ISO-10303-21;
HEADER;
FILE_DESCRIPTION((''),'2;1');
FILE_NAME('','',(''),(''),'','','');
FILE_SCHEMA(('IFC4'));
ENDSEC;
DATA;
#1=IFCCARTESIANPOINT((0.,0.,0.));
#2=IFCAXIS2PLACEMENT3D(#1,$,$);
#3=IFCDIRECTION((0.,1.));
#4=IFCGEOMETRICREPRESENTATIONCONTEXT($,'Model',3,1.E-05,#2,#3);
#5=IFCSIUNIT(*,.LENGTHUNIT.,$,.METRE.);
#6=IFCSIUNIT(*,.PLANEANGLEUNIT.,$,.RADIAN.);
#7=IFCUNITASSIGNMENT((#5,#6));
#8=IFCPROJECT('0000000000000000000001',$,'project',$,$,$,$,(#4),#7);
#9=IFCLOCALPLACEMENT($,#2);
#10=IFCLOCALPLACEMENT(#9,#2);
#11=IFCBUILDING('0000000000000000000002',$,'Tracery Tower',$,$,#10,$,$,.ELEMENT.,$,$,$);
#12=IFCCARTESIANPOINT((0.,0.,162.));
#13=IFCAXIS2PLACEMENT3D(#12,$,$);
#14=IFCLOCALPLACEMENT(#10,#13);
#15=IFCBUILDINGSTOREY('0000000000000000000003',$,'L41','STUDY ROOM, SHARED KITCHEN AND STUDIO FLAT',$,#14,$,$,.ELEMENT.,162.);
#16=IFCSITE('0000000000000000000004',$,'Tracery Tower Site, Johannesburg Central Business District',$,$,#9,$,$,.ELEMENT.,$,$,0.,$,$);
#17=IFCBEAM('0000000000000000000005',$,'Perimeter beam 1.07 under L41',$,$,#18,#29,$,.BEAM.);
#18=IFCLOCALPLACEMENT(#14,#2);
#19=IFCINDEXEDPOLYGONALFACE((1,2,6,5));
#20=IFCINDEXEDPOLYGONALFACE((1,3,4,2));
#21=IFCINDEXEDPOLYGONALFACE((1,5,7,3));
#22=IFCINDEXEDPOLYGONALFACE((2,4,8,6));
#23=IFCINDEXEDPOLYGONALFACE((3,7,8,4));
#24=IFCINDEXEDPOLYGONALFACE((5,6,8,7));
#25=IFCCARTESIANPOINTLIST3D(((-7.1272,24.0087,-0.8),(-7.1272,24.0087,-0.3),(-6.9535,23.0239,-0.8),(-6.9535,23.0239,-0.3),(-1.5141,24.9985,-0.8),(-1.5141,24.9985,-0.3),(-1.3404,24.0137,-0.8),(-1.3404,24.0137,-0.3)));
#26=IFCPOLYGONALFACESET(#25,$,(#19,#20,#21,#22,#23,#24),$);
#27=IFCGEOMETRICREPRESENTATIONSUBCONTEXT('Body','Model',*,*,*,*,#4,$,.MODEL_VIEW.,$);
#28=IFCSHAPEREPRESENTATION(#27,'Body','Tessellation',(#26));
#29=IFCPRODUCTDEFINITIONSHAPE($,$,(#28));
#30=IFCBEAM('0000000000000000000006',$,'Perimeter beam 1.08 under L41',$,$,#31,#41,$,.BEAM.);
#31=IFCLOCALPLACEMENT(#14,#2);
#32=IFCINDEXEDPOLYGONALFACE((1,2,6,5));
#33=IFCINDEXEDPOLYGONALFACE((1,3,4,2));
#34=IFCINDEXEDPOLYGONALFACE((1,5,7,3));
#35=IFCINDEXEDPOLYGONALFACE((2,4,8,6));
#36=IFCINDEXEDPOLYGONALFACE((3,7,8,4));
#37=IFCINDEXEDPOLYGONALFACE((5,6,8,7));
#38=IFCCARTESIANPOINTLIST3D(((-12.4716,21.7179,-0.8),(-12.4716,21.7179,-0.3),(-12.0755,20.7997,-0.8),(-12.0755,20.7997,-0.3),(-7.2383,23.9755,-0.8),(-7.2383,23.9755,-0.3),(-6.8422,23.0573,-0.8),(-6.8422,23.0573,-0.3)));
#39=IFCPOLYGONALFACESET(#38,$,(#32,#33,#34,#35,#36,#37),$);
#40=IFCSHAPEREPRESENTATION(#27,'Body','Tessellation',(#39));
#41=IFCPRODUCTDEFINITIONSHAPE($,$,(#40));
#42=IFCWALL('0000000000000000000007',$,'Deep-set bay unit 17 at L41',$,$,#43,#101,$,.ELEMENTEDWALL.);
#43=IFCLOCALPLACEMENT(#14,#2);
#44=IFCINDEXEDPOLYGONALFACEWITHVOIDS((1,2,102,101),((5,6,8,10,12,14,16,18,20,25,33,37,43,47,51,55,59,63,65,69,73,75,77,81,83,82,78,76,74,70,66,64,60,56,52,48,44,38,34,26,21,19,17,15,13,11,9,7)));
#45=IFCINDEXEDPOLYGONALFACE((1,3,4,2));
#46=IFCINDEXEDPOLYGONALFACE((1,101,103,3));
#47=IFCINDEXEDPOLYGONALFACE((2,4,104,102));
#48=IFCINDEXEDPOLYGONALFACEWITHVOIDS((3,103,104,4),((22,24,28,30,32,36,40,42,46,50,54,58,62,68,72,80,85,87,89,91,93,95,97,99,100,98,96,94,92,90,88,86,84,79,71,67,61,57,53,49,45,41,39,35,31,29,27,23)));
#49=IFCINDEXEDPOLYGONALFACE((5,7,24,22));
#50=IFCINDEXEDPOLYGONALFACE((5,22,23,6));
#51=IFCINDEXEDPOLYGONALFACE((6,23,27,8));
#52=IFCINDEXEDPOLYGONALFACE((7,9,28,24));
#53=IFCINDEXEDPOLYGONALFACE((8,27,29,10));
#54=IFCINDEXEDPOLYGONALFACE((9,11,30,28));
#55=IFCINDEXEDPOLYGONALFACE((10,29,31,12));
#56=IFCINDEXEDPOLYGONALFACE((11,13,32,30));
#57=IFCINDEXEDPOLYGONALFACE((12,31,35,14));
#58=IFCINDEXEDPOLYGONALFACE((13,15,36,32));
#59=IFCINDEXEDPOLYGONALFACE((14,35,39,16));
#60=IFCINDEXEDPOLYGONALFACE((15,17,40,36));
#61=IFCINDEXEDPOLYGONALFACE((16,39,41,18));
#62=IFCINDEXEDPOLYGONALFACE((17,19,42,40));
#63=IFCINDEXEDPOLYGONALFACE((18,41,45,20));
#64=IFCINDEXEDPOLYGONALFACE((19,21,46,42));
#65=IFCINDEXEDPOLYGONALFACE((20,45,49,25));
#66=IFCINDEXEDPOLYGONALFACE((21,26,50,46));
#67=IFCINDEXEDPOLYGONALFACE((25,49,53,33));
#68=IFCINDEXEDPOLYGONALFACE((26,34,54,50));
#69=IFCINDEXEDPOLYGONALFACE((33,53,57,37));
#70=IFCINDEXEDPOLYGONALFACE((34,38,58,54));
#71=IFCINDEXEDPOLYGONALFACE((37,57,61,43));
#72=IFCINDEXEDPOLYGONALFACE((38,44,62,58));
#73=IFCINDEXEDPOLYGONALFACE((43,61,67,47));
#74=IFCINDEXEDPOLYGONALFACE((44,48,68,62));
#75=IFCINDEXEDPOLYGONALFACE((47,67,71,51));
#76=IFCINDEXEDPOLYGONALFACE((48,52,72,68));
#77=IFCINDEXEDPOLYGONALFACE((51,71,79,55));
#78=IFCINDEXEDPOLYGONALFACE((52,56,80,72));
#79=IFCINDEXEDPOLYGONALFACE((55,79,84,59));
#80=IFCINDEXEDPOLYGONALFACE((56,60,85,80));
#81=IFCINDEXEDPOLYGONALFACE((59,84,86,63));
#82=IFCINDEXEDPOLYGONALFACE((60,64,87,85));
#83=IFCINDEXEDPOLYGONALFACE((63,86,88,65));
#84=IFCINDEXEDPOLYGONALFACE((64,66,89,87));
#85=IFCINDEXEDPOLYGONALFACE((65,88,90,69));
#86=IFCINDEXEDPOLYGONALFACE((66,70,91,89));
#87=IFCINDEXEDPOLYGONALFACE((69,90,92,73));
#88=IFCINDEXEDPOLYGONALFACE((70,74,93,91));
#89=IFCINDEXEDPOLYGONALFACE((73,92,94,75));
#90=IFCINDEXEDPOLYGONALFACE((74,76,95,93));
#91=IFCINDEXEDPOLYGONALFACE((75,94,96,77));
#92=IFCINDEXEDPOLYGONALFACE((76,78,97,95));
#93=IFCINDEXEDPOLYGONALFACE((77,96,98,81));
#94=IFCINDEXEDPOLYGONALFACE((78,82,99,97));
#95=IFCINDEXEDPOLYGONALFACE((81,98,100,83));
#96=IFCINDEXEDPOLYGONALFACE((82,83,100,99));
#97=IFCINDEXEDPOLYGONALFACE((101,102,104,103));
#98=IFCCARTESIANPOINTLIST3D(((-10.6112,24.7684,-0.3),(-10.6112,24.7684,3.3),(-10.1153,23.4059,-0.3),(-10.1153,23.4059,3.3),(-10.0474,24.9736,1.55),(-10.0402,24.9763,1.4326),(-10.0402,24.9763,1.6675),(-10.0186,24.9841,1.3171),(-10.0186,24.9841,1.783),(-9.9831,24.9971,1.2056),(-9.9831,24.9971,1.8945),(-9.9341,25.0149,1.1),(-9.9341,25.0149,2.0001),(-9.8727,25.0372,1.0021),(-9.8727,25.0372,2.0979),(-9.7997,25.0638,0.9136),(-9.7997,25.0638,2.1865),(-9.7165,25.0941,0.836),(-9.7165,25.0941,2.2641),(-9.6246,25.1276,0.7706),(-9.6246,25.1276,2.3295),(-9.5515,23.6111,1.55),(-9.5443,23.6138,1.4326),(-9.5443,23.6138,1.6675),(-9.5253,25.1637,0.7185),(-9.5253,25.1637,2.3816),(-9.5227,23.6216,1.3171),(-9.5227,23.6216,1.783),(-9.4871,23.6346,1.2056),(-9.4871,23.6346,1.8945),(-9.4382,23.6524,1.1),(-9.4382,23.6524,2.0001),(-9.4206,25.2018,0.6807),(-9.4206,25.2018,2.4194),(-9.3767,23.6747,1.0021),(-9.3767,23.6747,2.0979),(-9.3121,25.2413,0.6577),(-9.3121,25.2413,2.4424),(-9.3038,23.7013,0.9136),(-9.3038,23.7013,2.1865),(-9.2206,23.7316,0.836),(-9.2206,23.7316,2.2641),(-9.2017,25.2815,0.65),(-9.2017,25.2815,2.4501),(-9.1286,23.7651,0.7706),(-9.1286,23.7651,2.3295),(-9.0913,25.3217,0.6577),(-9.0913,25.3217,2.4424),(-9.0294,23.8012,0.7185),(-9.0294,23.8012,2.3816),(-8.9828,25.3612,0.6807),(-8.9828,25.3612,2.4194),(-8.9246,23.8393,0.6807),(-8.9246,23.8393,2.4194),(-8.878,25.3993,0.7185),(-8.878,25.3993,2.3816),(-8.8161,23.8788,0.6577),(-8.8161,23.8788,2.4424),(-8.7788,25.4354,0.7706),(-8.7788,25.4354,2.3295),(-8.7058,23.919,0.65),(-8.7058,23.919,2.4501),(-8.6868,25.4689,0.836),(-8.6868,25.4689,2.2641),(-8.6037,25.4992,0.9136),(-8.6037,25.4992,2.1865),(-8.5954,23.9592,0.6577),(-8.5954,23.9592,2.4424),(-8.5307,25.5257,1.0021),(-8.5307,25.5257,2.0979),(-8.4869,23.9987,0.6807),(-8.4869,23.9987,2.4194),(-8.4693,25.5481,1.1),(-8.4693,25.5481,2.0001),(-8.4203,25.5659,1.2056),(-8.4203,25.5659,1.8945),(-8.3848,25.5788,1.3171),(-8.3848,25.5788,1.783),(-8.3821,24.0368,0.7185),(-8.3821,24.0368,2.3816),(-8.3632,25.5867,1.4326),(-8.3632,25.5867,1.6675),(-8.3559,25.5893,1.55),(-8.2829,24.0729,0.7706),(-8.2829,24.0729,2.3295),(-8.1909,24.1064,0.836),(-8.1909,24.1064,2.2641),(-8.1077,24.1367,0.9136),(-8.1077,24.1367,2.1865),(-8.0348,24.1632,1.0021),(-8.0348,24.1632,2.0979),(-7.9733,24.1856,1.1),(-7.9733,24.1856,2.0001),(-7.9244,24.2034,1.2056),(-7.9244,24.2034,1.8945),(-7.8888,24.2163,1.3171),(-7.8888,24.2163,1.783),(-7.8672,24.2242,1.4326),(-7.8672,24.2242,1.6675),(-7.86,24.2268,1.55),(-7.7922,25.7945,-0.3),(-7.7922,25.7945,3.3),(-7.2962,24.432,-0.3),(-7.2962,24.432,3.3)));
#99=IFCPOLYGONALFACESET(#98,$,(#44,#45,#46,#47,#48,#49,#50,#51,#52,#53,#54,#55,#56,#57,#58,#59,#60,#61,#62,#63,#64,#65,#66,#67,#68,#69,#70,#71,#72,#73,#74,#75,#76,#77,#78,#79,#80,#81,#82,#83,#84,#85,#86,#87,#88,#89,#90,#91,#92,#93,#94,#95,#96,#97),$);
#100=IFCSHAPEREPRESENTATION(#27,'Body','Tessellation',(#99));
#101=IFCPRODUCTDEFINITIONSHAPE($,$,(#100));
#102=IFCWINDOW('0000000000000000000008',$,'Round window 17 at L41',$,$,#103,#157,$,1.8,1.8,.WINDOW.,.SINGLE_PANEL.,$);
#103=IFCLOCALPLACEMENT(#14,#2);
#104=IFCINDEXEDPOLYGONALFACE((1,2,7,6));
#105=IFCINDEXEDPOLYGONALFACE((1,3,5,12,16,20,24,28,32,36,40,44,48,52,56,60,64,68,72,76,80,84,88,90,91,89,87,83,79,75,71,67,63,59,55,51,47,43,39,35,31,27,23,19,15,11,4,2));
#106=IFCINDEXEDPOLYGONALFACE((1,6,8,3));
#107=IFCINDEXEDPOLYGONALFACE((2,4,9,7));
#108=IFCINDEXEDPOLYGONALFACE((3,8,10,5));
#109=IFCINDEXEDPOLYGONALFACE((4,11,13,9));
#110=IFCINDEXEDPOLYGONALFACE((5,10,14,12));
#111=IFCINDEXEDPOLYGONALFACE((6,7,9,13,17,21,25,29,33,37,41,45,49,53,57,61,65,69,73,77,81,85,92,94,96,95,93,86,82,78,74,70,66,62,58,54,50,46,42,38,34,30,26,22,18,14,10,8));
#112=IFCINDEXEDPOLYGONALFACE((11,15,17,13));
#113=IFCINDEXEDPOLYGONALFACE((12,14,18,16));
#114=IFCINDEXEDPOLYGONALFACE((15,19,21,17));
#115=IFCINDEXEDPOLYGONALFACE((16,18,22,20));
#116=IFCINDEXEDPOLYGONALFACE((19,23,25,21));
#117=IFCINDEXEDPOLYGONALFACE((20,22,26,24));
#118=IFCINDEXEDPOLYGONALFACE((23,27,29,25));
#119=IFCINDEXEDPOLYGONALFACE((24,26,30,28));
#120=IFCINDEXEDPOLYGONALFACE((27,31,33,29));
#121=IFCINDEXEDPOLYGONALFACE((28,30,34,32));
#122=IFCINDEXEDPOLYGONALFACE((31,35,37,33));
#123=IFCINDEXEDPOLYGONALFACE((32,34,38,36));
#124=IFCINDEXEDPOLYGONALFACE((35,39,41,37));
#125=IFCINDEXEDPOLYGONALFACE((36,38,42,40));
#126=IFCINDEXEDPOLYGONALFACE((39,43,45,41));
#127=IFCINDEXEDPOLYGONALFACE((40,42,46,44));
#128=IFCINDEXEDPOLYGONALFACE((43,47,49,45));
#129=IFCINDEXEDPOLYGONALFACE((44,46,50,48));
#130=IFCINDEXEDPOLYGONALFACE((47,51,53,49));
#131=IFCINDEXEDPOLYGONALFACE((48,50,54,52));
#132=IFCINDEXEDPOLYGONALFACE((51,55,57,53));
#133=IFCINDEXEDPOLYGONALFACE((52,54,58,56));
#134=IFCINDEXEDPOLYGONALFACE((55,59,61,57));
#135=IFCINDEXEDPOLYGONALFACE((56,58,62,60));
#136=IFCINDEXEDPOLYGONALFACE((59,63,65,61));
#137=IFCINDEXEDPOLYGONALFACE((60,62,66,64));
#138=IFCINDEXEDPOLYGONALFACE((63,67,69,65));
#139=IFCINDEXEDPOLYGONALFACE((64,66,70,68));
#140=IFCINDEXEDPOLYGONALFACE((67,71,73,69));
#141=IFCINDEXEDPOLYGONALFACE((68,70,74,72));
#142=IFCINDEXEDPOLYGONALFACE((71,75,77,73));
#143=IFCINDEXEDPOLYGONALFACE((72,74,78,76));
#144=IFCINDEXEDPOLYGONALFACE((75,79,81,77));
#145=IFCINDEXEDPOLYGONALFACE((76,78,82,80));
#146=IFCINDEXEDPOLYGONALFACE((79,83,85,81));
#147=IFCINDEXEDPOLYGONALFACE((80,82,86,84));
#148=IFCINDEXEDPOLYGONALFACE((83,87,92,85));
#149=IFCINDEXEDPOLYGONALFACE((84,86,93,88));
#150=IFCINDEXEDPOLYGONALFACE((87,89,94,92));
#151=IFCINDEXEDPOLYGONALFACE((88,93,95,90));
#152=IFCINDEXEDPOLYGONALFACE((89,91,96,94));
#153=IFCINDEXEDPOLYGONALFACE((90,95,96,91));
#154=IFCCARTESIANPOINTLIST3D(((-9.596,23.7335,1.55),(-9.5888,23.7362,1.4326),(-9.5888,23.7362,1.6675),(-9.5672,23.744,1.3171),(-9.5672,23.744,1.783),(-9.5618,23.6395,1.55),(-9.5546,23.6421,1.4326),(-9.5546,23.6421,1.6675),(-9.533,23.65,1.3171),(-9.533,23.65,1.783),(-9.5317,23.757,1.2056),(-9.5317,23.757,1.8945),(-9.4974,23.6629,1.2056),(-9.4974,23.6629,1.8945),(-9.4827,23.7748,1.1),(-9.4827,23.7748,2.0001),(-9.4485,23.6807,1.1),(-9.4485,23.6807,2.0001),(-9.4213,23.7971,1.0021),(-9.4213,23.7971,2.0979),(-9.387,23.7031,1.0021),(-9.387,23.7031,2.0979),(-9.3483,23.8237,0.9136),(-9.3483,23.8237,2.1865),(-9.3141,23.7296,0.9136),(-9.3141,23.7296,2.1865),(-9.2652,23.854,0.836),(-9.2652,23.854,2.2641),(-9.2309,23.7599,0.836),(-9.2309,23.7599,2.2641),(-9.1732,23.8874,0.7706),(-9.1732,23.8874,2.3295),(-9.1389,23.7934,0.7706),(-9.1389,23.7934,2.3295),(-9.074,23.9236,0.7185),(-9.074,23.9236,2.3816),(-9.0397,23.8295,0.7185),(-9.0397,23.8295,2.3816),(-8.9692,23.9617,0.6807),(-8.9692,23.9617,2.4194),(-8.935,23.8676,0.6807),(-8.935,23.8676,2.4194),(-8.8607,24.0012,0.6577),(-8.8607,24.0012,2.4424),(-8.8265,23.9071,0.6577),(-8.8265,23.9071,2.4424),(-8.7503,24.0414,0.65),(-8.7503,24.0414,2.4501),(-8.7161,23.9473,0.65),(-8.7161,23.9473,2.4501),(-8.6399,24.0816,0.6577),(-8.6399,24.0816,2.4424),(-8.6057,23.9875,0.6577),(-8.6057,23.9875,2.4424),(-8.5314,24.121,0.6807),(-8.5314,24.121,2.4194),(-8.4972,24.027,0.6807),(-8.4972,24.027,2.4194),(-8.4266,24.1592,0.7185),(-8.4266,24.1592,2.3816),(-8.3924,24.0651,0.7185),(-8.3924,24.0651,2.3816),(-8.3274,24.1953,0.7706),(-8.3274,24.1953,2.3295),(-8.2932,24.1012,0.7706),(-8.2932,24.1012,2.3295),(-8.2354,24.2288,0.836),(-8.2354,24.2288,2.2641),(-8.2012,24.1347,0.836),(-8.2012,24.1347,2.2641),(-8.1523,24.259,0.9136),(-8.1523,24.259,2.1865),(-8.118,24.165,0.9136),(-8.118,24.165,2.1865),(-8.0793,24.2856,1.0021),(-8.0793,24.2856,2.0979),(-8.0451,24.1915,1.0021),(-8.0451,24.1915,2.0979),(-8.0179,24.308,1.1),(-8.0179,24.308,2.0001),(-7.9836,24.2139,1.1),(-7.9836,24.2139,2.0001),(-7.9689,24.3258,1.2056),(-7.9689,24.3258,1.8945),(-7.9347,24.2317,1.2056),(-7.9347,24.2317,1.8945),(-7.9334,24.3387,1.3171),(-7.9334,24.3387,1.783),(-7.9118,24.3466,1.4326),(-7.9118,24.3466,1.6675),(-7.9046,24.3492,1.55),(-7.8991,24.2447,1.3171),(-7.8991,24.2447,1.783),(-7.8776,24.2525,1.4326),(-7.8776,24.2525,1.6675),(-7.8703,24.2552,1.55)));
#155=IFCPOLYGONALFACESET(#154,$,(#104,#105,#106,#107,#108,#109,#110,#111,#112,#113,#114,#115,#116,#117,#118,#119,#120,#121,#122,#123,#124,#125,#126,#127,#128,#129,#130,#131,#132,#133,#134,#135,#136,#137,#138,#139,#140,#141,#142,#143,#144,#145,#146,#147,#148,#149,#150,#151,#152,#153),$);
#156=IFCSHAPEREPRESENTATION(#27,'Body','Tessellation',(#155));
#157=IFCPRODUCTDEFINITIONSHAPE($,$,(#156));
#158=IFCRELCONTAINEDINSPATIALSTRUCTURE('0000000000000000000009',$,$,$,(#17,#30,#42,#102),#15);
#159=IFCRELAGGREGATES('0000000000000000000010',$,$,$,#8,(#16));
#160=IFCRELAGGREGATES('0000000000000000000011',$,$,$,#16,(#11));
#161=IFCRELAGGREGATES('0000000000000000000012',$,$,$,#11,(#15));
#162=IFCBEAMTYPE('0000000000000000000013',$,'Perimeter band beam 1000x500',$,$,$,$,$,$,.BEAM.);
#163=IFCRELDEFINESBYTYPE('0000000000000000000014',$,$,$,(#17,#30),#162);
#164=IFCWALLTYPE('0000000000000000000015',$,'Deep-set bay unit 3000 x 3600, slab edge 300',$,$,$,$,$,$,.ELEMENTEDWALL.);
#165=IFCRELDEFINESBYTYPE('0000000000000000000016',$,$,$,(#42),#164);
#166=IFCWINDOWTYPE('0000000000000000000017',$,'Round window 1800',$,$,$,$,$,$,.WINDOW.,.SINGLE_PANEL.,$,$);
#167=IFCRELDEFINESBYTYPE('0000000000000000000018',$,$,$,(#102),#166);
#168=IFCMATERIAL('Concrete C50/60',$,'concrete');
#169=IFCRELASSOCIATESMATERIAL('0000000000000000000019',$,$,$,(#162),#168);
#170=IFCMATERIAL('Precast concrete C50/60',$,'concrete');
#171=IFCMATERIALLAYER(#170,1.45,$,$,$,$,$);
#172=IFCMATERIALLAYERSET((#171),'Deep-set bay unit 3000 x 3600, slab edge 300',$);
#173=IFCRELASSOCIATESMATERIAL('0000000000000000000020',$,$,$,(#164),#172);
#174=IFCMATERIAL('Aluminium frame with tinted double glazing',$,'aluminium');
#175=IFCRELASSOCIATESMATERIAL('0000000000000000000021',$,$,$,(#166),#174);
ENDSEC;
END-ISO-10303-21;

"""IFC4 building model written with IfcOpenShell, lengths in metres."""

from ifc_helpers import new_model, si_unit, direction, frame, frame_2d, origin, origin_2d, place, context, subcontext, project, spatial, rectangle, circle, extrude, material, layer, layer_set, material_profile, profile_set, type_object, element, fill, save


model = new_model("IFC4")

# Units and contexts
model_context = context("Model", 3, precision=1e-05, world=origin(), true_north=direction((0.0, 1.0)))
body_context = subcontext(model_context, "Body", "Model", "MODEL_VIEW")
ifc_project = project(units=[si_unit("LENGTHUNIT", "METRE"), si_unit("PLANEANGLEUNIT", "RADIAN")], contexts=[model_context])

# Site, building, storey
site_placement = place(None, origin())
site = spatial("IfcSite", under=ifc_project, at=site_placement, Name="Tracery Tower Site, Johannesburg Central Business District", CompositionType="ELEMENT", RefElevation=0.0)
building_placement = place(site_placement, origin())
building = spatial("IfcBuilding", under=site, at=building_placement, Name="Tracery Tower", CompositionType="ELEMENT")
storey_placement = place(building_placement, frame((0.0, 0.0, 162.0)))
storey = spatial("IfcBuildingStorey", under=building, at=storey_placement, Name="L41", Description="STUDY ROOM, SHARED KITCHEN AND STUDIO FLAT", CompositionType="ELEMENT", Elevation=162.0)

# Beams
ifc_material_1 = material(Name="Concrete C50/60", Category="concrete")
ifc_material_profile_1 = material_profile(ifc_material_1, rectangle(XDim=1.0, YDim=0.5, at=origin_2d()), Name="RC 1000x500")
ifc_profile_set_1 = profile_set([ifc_material_profile_1], Name="Concrete C50/60")
beam_type = type_object("IfcBeamType", Name="Perimeter band beam 1000x500", PredefinedType="BEAM", material=ifc_profile_set_1)
beam_1_placement = place(storey_placement, frame((-1.4272, 24.5061, -0.55), z_axis=(-0.984807, -0.173651, 0.0), x_axis=(0.173651, -0.984807, 0.0)))
element("IfcBeam", 1, at=beam_1_placement, inside=storey, type_object=beam_type, Name="Perimeter beam 1.07 under L41", PredefinedType="BEAM", context=body_context, shape_type="SweptSolid", body=[
    extrude(rectangle(XDim=1.0, YDim=0.5, at=origin_2d()), origin(), (0.0, 0.0, 1.0), 5.6997),
])
beam_2_placement = place(storey_placement, frame((-7.0403, 23.5164, -0.55), z_axis=(-0.91821, -0.396095, 0.0), x_axis=(0.396095, -0.91821, 0.0)))
element("IfcBeam", 2, at=beam_2_placement, inside=storey, type_object=beam_type, Name="Perimeter beam 1.08 under L41", PredefinedType="BEAM", context=body_context, shape_type="SweptSolid", body=[
    extrude(rectangle(XDim=1.0, YDim=0.5, at=origin_2d()), origin(), (0.0, 0.0, 1.0), 5.6995),
])

# Wall, opening, window
ifc_material_2 = material(Name="Precast concrete C50/60", Category="concrete")
ifc_layer_1 = layer(ifc_material_2, 1.45)
ifc_layer_set_1 = layer_set([ifc_layer_1], Name="Deep-set bay unit 3000 x 3600, slab edge 300")
wall_type_1 = type_object("IfcWallType", Name="Deep-set bay unit 3000 x 3600, slab edge 300", PredefinedType="ELEMENTEDWALL", material=ifc_layer_set_1)
wall_1_placement = place(storey_placement, frame((-7.5442, 25.1133, -0.3), z_axis=(0.0, 0.0, 1.0), x_axis=(-0.939686, -0.342037, 0.0)))
wall_1 = element("IfcWall", 3, at=wall_1_placement, inside=storey, type_object=wall_type_1, Name="Deep-set bay unit 17 at L41", PredefinedType="ELEMENTEDWALL", context=body_context, shape_type="SweptSolid", body=[
    extrude(rectangle(XDim=3.0, YDim=1.45, at=frame_2d((1.5, 0.0))), origin(), (0.0, 0.0, 1.0), 3.6001),
])
opening_1_placement = place(wall_1_placement, frame((1.5, 0.0, 1.8501)))
opening_1 = element("IfcOpeningElement", 4, at=opening_1_placement, cuts=wall_1, PredefinedType="OPENING", context=body_context, shape_type="SweptSolid", body=[
    extrude(circle(Radius=0.9, at=origin_2d()), frame((0.0, 0.7349, 0.0), z_axis=(0.0, -1.0, 0.0), x_axis=(1.0, 0.0, 0.0)), (0.0, 0.0, 1.0), 1.47),
])
ifc_material_3 = material(Name="Aluminium frame with tinted double glazing", Category="aluminium")
window_type = type_object("IfcWindowType", Name="Round window 1800", PartitioningType="SINGLE_PANEL", PredefinedType="WINDOW", material=ifc_material_3)
window_1_placement = place(opening_1_placement, origin())
window_1 = element("IfcWindow", 5, at=window_1_placement, inside=storey, type_object=window_type, Name="Round window 17 at L41", OverallHeight=1.8, OverallWidth=1.8, PartitioningType="SINGLE_PANEL", PredefinedType="WINDOW", context=body_context, shape_type="SweptSolid", body=[
    extrude(circle(Radius=0.9, at=origin_2d()), frame((0.0, 0.6948, 0.0), z_axis=(0.0, -1.0, 0.0), x_axis=(1.0, 0.0, 0.0)), (0.0, 0.0, 1.0), 0.1001),
])
fill(opening_1, window_1)

save(model, "model.ifc")
